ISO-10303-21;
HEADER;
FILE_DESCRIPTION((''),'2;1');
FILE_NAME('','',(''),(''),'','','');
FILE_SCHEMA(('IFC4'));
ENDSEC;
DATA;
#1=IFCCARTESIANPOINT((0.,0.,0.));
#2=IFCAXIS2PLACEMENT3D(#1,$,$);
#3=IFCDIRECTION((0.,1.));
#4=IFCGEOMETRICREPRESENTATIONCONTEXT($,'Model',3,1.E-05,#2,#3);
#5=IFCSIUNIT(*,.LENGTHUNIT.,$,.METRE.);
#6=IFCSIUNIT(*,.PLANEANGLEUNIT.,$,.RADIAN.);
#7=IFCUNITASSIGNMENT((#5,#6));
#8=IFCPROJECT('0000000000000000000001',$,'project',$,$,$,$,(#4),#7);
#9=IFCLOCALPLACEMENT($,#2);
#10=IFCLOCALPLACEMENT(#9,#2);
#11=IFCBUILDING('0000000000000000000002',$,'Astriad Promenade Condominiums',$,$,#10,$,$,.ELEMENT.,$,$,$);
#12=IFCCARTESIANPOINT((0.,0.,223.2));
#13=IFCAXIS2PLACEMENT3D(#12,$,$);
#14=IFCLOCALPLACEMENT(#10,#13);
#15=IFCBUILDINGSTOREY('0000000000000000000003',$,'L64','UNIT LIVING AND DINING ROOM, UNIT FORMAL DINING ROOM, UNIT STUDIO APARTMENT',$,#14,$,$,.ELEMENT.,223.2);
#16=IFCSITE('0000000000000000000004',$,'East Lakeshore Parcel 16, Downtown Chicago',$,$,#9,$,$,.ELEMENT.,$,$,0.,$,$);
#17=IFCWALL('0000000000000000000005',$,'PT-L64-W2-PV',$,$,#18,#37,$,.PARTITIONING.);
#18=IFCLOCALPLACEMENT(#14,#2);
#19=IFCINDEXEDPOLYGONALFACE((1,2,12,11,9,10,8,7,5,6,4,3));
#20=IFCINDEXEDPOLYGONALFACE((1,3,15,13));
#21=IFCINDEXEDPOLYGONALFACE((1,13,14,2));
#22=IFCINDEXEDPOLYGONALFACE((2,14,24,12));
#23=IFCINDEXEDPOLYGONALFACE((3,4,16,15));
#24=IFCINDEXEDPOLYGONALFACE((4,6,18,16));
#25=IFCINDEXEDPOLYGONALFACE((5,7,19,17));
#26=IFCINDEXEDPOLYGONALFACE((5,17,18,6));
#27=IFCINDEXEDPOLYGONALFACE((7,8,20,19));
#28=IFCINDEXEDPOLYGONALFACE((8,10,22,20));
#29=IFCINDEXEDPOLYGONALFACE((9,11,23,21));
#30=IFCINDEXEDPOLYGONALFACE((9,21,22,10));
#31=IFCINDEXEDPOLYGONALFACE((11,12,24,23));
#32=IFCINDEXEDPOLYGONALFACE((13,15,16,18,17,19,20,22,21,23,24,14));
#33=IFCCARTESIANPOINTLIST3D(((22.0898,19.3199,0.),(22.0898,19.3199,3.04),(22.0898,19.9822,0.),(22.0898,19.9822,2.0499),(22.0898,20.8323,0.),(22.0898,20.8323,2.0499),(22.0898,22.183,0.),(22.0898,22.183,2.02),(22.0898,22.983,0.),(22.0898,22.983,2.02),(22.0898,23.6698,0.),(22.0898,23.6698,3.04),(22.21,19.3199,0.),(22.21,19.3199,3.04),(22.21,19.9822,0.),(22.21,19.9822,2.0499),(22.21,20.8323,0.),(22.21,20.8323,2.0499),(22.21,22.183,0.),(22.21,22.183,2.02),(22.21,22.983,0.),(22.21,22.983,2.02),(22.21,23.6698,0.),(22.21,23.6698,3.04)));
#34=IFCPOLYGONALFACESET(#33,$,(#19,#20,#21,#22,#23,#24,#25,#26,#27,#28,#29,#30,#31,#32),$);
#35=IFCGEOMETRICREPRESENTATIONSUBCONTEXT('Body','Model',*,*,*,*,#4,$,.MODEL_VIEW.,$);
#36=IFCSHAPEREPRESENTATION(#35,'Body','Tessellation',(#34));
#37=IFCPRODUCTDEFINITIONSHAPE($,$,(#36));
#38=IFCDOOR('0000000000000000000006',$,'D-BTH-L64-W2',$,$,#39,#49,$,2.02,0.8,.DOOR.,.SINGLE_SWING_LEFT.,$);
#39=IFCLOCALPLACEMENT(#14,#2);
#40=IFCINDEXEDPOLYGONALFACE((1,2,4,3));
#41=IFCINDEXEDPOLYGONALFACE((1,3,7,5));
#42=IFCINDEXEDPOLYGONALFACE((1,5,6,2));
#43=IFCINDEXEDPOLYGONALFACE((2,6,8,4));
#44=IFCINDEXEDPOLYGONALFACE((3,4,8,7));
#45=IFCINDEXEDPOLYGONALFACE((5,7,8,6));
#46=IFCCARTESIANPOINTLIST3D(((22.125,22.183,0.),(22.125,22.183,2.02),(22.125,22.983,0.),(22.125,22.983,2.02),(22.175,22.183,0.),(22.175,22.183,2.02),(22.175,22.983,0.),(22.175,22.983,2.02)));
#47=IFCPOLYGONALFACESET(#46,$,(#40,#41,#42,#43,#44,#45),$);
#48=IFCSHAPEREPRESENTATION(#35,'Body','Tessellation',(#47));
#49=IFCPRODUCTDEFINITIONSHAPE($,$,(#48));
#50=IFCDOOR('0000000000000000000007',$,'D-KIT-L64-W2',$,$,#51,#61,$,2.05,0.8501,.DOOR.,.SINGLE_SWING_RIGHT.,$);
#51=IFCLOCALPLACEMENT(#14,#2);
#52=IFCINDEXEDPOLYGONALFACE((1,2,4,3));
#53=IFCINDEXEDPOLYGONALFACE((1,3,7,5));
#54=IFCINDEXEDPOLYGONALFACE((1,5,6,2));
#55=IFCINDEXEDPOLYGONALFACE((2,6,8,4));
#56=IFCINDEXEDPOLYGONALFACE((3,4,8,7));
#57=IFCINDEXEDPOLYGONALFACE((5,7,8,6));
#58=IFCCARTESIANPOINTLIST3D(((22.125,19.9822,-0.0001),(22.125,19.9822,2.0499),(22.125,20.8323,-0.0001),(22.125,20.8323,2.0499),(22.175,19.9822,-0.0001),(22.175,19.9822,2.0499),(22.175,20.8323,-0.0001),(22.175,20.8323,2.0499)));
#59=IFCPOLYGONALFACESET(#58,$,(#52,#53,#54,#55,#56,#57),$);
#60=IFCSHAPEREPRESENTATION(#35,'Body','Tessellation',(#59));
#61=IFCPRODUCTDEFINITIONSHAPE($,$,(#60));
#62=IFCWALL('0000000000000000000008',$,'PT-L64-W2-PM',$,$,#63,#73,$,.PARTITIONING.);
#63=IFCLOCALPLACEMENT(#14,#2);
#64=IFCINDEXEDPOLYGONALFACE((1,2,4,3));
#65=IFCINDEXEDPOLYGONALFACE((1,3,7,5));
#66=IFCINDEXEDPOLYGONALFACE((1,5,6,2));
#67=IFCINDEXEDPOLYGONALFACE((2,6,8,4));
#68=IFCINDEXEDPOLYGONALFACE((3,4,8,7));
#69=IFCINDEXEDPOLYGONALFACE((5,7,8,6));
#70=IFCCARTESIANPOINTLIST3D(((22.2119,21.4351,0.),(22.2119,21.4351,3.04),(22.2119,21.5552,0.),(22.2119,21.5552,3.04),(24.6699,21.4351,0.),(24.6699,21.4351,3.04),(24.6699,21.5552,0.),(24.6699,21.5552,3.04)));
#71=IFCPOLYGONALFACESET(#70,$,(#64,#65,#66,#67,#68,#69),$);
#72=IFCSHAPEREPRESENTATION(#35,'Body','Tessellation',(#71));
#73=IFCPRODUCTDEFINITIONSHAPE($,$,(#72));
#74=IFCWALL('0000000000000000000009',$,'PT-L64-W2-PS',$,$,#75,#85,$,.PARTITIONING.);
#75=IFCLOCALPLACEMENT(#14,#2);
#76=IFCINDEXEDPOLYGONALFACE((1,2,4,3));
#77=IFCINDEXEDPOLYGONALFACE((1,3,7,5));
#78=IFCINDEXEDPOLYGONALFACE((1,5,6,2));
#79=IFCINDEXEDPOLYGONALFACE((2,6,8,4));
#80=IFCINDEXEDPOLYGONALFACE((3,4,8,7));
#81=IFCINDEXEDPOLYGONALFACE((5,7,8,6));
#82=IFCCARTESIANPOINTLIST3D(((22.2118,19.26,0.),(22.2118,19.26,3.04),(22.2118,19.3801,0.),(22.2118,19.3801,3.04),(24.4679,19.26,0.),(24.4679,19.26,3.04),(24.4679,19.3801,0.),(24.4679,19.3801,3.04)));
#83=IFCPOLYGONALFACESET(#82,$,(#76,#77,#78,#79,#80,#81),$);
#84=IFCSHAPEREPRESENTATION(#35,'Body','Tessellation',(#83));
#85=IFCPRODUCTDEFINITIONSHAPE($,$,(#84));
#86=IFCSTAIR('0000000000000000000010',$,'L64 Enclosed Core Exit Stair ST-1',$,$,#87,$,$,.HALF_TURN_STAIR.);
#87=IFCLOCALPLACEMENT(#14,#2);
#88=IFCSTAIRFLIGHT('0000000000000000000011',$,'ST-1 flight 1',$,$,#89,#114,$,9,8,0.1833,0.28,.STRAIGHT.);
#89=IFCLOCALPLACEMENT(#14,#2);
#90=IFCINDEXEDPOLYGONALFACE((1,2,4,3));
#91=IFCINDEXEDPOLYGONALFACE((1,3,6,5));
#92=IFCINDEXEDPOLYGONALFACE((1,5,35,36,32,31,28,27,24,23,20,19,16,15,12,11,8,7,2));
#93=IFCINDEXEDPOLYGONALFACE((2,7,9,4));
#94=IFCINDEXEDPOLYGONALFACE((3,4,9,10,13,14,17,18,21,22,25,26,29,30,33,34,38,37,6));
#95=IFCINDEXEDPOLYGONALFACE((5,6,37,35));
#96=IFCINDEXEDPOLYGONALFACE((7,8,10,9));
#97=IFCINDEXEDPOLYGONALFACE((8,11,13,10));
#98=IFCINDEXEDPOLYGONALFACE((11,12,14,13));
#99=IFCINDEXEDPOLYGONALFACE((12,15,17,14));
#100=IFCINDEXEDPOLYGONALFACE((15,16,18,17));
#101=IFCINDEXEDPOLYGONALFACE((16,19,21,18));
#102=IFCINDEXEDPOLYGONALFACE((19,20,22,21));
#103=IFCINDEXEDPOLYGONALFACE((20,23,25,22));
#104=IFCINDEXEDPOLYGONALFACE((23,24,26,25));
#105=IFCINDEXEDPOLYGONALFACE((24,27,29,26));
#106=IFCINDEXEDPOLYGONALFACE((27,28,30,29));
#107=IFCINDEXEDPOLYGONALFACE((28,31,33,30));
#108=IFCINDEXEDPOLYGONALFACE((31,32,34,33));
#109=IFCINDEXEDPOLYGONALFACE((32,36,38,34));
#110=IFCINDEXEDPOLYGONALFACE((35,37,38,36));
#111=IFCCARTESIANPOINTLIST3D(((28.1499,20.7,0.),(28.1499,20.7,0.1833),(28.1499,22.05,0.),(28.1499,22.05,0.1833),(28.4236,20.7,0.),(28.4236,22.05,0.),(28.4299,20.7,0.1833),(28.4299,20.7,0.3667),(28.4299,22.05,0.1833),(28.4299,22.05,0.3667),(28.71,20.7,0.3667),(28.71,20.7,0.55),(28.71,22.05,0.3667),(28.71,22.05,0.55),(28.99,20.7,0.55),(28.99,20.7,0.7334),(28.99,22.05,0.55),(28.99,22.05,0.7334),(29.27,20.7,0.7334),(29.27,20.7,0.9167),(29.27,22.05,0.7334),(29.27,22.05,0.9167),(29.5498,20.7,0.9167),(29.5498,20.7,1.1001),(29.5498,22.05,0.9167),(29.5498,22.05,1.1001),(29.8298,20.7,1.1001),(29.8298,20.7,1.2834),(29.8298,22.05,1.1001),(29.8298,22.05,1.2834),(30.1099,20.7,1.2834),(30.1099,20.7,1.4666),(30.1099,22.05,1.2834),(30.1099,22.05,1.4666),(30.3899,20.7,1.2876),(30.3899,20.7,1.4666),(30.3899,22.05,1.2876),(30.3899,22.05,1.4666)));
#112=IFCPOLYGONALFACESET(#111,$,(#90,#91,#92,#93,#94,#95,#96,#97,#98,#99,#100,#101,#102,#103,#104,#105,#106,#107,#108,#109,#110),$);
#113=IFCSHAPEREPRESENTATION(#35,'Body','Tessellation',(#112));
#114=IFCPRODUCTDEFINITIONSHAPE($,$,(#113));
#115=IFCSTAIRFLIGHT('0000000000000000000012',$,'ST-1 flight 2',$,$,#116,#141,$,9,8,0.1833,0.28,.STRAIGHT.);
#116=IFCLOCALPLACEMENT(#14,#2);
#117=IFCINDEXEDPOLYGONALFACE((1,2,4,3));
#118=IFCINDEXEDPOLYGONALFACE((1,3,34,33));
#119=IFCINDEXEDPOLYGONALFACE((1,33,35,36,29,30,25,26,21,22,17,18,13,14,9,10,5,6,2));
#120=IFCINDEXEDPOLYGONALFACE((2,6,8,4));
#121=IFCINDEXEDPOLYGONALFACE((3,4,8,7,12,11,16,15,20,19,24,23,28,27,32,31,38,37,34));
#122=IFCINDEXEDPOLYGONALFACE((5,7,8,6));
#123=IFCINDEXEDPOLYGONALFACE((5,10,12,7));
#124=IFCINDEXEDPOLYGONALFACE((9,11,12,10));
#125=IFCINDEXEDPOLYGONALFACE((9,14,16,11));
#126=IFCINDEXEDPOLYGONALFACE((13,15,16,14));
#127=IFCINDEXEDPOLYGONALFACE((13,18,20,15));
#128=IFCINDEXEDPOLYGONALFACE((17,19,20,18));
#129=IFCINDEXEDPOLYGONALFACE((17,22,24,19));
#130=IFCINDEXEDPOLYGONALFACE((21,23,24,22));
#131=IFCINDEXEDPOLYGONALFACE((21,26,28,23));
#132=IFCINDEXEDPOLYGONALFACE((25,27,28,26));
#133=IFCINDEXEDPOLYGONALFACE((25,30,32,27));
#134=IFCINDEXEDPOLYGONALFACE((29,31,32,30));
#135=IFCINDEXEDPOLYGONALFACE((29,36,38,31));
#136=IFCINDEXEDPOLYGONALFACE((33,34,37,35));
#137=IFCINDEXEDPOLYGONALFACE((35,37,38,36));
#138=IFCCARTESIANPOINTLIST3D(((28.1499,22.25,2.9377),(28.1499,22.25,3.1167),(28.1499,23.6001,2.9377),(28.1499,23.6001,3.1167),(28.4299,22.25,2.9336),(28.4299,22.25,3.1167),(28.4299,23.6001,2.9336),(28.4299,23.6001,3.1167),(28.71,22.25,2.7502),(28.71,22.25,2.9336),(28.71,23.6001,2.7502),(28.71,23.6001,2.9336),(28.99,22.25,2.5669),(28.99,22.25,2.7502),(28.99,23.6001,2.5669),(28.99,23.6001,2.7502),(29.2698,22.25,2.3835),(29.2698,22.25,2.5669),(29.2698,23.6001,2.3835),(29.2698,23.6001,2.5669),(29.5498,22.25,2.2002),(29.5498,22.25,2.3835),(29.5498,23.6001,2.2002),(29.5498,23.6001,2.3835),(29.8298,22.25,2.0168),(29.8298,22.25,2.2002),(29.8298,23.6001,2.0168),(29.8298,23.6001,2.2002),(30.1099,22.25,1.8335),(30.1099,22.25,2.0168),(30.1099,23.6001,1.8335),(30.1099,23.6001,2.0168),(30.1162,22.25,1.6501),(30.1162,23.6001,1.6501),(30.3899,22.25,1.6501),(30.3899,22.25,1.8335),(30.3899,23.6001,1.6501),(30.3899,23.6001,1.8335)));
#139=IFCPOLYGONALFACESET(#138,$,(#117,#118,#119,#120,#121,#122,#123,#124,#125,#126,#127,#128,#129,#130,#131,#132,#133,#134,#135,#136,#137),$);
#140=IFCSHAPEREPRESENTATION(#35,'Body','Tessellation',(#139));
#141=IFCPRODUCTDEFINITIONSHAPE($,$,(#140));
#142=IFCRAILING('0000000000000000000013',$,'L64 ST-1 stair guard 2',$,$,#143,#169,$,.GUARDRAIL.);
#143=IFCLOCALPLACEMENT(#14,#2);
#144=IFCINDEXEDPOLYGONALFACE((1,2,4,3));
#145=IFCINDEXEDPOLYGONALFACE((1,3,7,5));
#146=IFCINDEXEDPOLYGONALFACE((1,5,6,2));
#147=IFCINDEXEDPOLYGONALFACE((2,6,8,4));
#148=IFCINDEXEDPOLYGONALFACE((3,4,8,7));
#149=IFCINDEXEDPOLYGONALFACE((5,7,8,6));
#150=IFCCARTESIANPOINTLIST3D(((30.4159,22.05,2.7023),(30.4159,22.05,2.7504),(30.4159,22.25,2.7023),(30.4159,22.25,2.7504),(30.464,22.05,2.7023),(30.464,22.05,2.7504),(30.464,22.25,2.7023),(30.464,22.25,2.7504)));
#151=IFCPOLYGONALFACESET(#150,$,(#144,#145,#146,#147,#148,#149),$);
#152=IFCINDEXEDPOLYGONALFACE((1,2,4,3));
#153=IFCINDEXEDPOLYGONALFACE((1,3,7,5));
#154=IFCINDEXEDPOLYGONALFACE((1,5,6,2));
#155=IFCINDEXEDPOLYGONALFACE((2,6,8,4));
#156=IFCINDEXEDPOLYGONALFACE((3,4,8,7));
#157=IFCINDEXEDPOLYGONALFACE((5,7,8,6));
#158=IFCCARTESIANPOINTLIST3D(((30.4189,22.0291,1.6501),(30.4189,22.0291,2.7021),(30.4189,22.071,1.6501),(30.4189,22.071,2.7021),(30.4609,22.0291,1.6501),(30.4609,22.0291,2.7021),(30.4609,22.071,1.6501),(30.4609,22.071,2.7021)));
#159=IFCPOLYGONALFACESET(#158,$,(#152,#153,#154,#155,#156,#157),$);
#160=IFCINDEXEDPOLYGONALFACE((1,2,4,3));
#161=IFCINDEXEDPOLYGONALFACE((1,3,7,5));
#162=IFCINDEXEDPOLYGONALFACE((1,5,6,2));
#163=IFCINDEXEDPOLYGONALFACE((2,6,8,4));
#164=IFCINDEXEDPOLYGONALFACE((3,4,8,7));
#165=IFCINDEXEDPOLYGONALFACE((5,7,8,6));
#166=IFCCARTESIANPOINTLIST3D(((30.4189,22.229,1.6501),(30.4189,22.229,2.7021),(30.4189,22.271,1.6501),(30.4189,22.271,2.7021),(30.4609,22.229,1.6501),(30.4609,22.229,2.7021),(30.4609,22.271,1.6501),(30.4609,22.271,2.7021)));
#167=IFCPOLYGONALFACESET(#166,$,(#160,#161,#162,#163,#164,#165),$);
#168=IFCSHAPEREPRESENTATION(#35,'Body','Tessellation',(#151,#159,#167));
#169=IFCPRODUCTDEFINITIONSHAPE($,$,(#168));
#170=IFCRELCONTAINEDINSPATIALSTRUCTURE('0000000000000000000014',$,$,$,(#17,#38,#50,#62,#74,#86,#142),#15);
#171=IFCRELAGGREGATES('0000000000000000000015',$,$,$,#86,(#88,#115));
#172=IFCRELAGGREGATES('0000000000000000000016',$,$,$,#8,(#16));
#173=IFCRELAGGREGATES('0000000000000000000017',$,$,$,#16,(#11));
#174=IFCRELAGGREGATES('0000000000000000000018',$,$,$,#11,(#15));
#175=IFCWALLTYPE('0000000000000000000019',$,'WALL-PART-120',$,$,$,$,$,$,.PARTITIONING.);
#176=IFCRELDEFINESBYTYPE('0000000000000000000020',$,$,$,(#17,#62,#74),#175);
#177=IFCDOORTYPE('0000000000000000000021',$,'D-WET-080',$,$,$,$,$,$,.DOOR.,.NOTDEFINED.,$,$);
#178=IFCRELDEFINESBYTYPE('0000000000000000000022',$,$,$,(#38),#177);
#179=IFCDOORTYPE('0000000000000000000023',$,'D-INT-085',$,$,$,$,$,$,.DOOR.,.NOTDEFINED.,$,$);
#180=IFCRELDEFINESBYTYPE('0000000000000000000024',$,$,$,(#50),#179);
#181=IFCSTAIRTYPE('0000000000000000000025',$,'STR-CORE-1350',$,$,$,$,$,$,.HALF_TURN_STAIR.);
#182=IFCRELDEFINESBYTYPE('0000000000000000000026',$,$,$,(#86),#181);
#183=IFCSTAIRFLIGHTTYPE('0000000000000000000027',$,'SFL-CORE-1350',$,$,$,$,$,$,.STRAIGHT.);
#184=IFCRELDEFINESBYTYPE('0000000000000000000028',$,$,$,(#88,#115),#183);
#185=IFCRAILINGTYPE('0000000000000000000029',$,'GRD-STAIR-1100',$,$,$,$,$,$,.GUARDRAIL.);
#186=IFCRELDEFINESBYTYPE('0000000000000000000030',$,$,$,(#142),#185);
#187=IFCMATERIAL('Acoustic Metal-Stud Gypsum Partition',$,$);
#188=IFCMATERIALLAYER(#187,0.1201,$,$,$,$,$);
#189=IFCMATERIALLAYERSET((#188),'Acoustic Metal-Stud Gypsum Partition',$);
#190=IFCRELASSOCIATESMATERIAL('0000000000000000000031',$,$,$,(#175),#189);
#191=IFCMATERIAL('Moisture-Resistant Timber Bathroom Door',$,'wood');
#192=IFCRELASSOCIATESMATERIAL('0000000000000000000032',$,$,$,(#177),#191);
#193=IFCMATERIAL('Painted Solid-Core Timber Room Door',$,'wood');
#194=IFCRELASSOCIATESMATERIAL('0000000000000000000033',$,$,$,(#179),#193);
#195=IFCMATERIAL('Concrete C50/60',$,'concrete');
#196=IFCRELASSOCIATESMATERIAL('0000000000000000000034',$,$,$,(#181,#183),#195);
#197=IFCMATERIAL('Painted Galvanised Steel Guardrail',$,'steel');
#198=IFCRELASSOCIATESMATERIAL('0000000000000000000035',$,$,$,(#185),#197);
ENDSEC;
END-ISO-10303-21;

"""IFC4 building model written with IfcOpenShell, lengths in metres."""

from ifc_helpers import new_model, si_unit, direction, frame, frame_2d, origin, origin_2d, place, context, subcontext, project, spatial, polyline, rectangle, outline, extrude, source, transform, mapped, material, layer, layer_set, type_object, type_shapes, element, fill, aggregate, save


model = new_model("IFC4")

# Units and contexts
model_context = context("Model", 3, precision=1e-05, world=origin(), true_north=direction((0.0, 1.0)))
body_context = subcontext(model_context, "Body", "Model", "MODEL_VIEW")
ifc_project = project(units=[si_unit("LENGTHUNIT", "METRE"), si_unit("PLANEANGLEUNIT", "RADIAN")], contexts=[model_context])

# Site, building, storey
site_placement = place(None, origin())
site = spatial("IfcSite", under=ifc_project, at=site_placement, Name="East Lakeshore Parcel 16, Downtown Chicago", CompositionType="ELEMENT", RefElevation=0.0)
building_placement = place(site_placement, origin())
building = spatial("IfcBuilding", under=site, at=building_placement, Name="Astriad Promenade Condominiums", CompositionType="ELEMENT")
storey_placement = place(building_placement, frame((0.0, 0.0, 223.2)))
storey = spatial("IfcBuildingStorey", under=building, at=storey_placement, Name="L64", Description="UNIT LIVING AND DINING ROOM, UNIT FORMAL DINING ROOM, UNIT STUDIO APARTMENT", CompositionType="ELEMENT", Elevation=223.2)

# Shared definitions
ifc_material_1 = material(Name="Concrete C50/60", Category="concrete")

# Wall, openings, doors
ifc_material_2 = material(Name="Acoustic Metal-Stud Gypsum Partition")
ifc_layer_1 = layer(ifc_material_2, 0.1201)
ifc_layer_set_1 = layer_set([ifc_layer_1], Name="Acoustic Metal-Stud Gypsum Partition")
wall_type_1 = type_object("IfcWallType", Name="WALL-PART-120", PredefinedType="PARTITIONING", material=ifc_layer_set_1)
wall_1_placement = place(storey_placement, frame((22.1499, 19.3201, 0.0), z_axis=(0.0, 0.0, 1.0), x_axis=(0.0, 1.0, 0.0)))
wall_1 = element("IfcWall", 1, at=wall_1_placement, inside=storey, type_object=wall_type_1, Name="PT-L64-W2-PV", PredefinedType="PARTITIONING", context=body_context, shape_type="SweptSolid", body=[
    extrude(rectangle(XDim=4.3499, YDim=0.1201, at=frame_2d((2.1748, 0.0))), origin(), (0.0, 0.0, 1.0), 3.04),
])
opening_1_placement = place(wall_1_placement, frame((0.6621, 0.0, 0.0)))
opening_1 = element("IfcOpeningElement", 2, at=opening_1_placement, cuts=wall_1, PredefinedType="OPENING", context=body_context, shape_type="SweptSolid", body=[
    extrude(rectangle(XDim=0.8501, YDim=2.05, at=frame_2d((0.425, 1.0249))), frame((0.0, 0.0701, 0.0), z_axis=(0.0, -1.0, 0.0), x_axis=(1.0, 0.0, 0.0)), (0.0, 0.0, 1.0), 0.1401),
])
opening_2_placement = place(wall_1_placement, frame((2.863, 0.0, 0.0)))
opening_2 = element("IfcOpeningElement", 3, at=opening_2_placement, cuts=wall_1, PredefinedType="OPENING", context=body_context, shape_type="SweptSolid", body=[
    extrude(rectangle(XDim=0.8, YDim=2.02, at=frame_2d((0.3999, 1.01))), frame((0.0, 0.0701, 0.0), z_axis=(0.0, -1.0, 0.0), x_axis=(1.0, 0.0, 0.0)), (0.0, 0.0, 1.0), 0.1401),
])
ifc_material_3 = material(Name="Moisture-Resistant Timber Bathroom Door", Category="wood")
door_type_1 = type_object("IfcDoorType", Name="D-WET-080", OperationType="NOTDEFINED", PredefinedType="DOOR", material=ifc_material_3)
shared_shape_1 = source(origin(), body_context, "Body", "SweptSolid", [
    extrude(rectangle(XDim=0.8, YDim=2.02, at=frame_2d((0.3999, 1.01))), frame((0.0, 0.0249, 0.0), z_axis=(0.0, -1.0, 0.0), x_axis=(1.0, 0.0, 0.0)), (0.0, 0.0, 1.0), 0.05),
])
type_shapes(door_type_1, [shared_shape_1])
door_1_placement = place(opening_2_placement, origin())
door_1 = element("IfcDoor", 4, at=door_1_placement, inside=storey, type_object=door_type_1, Name="D-BTH-L64-W2", OperationType="SINGLE_SWING_LEFT", OverallHeight=2.02, OverallWidth=0.8, PredefinedType="DOOR", context=body_context, shape_type="MappedRepresentation", body=[
    mapped(shared_shape_1, transform((0.0, 0.0, 0.0), scale=1.0)),
])
fill(opening_2, door_1)
ifc_material_4 = material(Name="Painted Solid-Core Timber Room Door", Category="wood")
door_type_2 = type_object("IfcDoorType", Name="D-INT-085", OperationType="NOTDEFINED", PredefinedType="DOOR", material=ifc_material_4)
shared_shape_2 = source(origin(), body_context, "Body", "SweptSolid", [
    extrude(rectangle(XDim=0.8501, YDim=2.05, at=frame_2d((0.425, 1.0249))), frame((0.0, 0.0249, 0.0), z_axis=(0.0, -1.0, 0.0), x_axis=(1.0, 0.0, 0.0)), (0.0, 0.0, 1.0), 0.05),
])
type_shapes(door_type_2, [shared_shape_2])
door_2_placement = place(opening_1_placement, origin())
door_2 = element("IfcDoor", 5, at=door_2_placement, inside=storey, type_object=door_type_2, Name="D-KIT-L64-W2", OperationType="SINGLE_SWING_RIGHT", OverallHeight=2.05, OverallWidth=0.8501, PredefinedType="DOOR", context=body_context, shape_type="MappedRepresentation", body=[
    mapped(shared_shape_2, transform((0.0, 0.0, 0.0), scale=1.0)),
])
fill(opening_1, door_2)

# Walls
wall_2_placement = place(storey_placement, frame((22.2119, 21.4951, 0.0), z_axis=(0.0, 0.0, 1.0), x_axis=(1.0, 0.0, 0.0)))
element("IfcWall", 6, at=wall_2_placement, inside=storey, type_object=wall_type_1, Name="PT-L64-W2-PM", PredefinedType="PARTITIONING", context=body_context, shape_type="SweptSolid", body=[
    extrude(rectangle(XDim=2.458, YDim=0.1201, at=frame_2d((1.229, 0.0))), origin(), (0.0, 0.0, 1.0), 3.04),
])
wall_3_placement = place(storey_placement, frame((22.2119, 19.3201, 0.0), z_axis=(0.0, 0.0, 1.0), x_axis=(1.0, 0.0, 0.0)))
element("IfcWall", 7, at=wall_3_placement, inside=storey, type_object=wall_type_1, Name="PT-L64-W2-PS", PredefinedType="PARTITIONING", context=body_context, shape_type="SweptSolid", body=[
    extrude(rectangle(XDim=2.2561, YDim=0.1201, at=frame_2d((1.1279, 0.0))), origin(), (0.0, 0.0, 1.0), 3.04),
])

# Stair, stair flights
stair_type = type_object("IfcStairType", Name="STR-CORE-1350", PredefinedType="HALF_TURN_STAIR", material=ifc_material_1)
stair_placement = place(storey_placement, origin())
stair = element("IfcStair", 8, at=stair_placement, inside=storey, type_object=stair_type, Name="L64 Enclosed Core Exit Stair ST-1", PredefinedType="HALF_TURN_STAIR")
stair_flight_type = type_object("IfcStairFlightType", Name="SFL-CORE-1350", PredefinedType="STRAIGHT", material=ifc_material_1)
shared_shape_3 = source(origin(), body_context, "Body", "SweptSolid", [
    extrude(outline(polyline([(0.0, 0.0), (0.0, 0.1833), (0.28, 0.1833), (0.28, 0.3667), (0.5601, 0.3667), (0.5601, 0.55), (0.8401, 0.55), (0.8401, 0.7334), (1.1201, 0.7334), (1.1201, 0.9167), (1.3999, 0.9167), (1.3999, 1.1001), (1.6799, 1.1001), (1.6799, 1.2834), (1.96, 1.2834), (1.96, 1.4666), (2.24, 1.4666), (2.24, 1.6499), (2.24, 1.2876), (0.2737, 0.0), (0.0, 0.0)])), frame((0.0, 0.675, 0.0), z_axis=(0.0, -1.0, 0.0), x_axis=(1.0, 0.0, 0.0)), (0.0, 0.0, 1.0), 1.3501),
])
type_shapes(stair_flight_type, [shared_shape_3])
stair_flight_1_placement = place(storey_placement, frame((28.1499, 21.375, 0.0), z_axis=(0.0, 0.0, 1.0), x_axis=(1.0, 0.0, 0.0)))
stair_flight_1 = element("IfcStairFlight", 9, at=stair_flight_1_placement, type_object=stair_flight_type, Name="ST-1 flight 1", NumberOfRisers=9, NumberOfTreads=8, PredefinedType="STRAIGHT", RiserHeight=0.1833, TreadLength=0.28, context=body_context, shape_type="MappedRepresentation", body=[
    mapped(shared_shape_3, transform((0.0, 0.0, 0.0), scale=1.0)),
])
stair_flight_2_placement = place(storey_placement, frame((30.3899, 22.925, 1.6501), z_axis=(0.0, 0.0, 1.0), x_axis=(-1.0, 0.0, 0.0)))
stair_flight_2 = element("IfcStairFlight", 10, at=stair_flight_2_placement, type_object=stair_flight_type, Name="ST-1 flight 2", NumberOfRisers=9, NumberOfTreads=8, PredefinedType="STRAIGHT", RiserHeight=0.1833, TreadLength=0.28, context=body_context, shape_type="MappedRepresentation", body=[
    mapped(shared_shape_3, transform((0.0, 0.0, 0.0), scale=1.0)),
])
aggregate(stair, [stair_flight_1, stair_flight_2])

# Railing
ifc_material_5 = material(Name="Painted Galvanised Steel Guardrail", Category="steel")
railing_type_1 = type_object("IfcRailingType", Name="GRD-STAIR-1100", PredefinedType="GUARDRAIL", material=ifc_material_5)
shared_shape_4 = source(origin(), body_context, "Body", "SweptSolid", [
    extrude(rectangle(XDim=0.0481, YDim=0.0481, at=origin_2d()), frame((0.0, 0.0, 1.0762), z_axis=(0.0, 1.0, 0.0), x_axis=(-1.0, 0.0, 0.0)), (0.0, 0.0, 1.0), 0.2),
    extrude(rectangle(XDim=0.042, YDim=0.042, at=origin_2d()), origin(), (0.0, 0.0, 1.0), 1.052),
    extrude(rectangle(XDim=0.042, YDim=0.042, at=origin_2d()), frame((0.0, 0.2, 0.0)), (0.0, 0.0, 1.0), 1.052),
])
for number, where, name in (
    (11, (30.4399, 22.05, 1.6501), "L64 ST-1 stair guard 2"),
):
    element("IfcRailing", number, at=place(storey_placement, frame(where)), inside=storey, type_object=railing_type_1, Name=name, PredefinedType="GUARDRAIL", context=body_context, shape_type="MappedRepresentation", body=[
        mapped(shared_shape_4, transform((0.0, 0.0, 0.0), scale=1.0)),
    ])

save(model, "model.ifc")
